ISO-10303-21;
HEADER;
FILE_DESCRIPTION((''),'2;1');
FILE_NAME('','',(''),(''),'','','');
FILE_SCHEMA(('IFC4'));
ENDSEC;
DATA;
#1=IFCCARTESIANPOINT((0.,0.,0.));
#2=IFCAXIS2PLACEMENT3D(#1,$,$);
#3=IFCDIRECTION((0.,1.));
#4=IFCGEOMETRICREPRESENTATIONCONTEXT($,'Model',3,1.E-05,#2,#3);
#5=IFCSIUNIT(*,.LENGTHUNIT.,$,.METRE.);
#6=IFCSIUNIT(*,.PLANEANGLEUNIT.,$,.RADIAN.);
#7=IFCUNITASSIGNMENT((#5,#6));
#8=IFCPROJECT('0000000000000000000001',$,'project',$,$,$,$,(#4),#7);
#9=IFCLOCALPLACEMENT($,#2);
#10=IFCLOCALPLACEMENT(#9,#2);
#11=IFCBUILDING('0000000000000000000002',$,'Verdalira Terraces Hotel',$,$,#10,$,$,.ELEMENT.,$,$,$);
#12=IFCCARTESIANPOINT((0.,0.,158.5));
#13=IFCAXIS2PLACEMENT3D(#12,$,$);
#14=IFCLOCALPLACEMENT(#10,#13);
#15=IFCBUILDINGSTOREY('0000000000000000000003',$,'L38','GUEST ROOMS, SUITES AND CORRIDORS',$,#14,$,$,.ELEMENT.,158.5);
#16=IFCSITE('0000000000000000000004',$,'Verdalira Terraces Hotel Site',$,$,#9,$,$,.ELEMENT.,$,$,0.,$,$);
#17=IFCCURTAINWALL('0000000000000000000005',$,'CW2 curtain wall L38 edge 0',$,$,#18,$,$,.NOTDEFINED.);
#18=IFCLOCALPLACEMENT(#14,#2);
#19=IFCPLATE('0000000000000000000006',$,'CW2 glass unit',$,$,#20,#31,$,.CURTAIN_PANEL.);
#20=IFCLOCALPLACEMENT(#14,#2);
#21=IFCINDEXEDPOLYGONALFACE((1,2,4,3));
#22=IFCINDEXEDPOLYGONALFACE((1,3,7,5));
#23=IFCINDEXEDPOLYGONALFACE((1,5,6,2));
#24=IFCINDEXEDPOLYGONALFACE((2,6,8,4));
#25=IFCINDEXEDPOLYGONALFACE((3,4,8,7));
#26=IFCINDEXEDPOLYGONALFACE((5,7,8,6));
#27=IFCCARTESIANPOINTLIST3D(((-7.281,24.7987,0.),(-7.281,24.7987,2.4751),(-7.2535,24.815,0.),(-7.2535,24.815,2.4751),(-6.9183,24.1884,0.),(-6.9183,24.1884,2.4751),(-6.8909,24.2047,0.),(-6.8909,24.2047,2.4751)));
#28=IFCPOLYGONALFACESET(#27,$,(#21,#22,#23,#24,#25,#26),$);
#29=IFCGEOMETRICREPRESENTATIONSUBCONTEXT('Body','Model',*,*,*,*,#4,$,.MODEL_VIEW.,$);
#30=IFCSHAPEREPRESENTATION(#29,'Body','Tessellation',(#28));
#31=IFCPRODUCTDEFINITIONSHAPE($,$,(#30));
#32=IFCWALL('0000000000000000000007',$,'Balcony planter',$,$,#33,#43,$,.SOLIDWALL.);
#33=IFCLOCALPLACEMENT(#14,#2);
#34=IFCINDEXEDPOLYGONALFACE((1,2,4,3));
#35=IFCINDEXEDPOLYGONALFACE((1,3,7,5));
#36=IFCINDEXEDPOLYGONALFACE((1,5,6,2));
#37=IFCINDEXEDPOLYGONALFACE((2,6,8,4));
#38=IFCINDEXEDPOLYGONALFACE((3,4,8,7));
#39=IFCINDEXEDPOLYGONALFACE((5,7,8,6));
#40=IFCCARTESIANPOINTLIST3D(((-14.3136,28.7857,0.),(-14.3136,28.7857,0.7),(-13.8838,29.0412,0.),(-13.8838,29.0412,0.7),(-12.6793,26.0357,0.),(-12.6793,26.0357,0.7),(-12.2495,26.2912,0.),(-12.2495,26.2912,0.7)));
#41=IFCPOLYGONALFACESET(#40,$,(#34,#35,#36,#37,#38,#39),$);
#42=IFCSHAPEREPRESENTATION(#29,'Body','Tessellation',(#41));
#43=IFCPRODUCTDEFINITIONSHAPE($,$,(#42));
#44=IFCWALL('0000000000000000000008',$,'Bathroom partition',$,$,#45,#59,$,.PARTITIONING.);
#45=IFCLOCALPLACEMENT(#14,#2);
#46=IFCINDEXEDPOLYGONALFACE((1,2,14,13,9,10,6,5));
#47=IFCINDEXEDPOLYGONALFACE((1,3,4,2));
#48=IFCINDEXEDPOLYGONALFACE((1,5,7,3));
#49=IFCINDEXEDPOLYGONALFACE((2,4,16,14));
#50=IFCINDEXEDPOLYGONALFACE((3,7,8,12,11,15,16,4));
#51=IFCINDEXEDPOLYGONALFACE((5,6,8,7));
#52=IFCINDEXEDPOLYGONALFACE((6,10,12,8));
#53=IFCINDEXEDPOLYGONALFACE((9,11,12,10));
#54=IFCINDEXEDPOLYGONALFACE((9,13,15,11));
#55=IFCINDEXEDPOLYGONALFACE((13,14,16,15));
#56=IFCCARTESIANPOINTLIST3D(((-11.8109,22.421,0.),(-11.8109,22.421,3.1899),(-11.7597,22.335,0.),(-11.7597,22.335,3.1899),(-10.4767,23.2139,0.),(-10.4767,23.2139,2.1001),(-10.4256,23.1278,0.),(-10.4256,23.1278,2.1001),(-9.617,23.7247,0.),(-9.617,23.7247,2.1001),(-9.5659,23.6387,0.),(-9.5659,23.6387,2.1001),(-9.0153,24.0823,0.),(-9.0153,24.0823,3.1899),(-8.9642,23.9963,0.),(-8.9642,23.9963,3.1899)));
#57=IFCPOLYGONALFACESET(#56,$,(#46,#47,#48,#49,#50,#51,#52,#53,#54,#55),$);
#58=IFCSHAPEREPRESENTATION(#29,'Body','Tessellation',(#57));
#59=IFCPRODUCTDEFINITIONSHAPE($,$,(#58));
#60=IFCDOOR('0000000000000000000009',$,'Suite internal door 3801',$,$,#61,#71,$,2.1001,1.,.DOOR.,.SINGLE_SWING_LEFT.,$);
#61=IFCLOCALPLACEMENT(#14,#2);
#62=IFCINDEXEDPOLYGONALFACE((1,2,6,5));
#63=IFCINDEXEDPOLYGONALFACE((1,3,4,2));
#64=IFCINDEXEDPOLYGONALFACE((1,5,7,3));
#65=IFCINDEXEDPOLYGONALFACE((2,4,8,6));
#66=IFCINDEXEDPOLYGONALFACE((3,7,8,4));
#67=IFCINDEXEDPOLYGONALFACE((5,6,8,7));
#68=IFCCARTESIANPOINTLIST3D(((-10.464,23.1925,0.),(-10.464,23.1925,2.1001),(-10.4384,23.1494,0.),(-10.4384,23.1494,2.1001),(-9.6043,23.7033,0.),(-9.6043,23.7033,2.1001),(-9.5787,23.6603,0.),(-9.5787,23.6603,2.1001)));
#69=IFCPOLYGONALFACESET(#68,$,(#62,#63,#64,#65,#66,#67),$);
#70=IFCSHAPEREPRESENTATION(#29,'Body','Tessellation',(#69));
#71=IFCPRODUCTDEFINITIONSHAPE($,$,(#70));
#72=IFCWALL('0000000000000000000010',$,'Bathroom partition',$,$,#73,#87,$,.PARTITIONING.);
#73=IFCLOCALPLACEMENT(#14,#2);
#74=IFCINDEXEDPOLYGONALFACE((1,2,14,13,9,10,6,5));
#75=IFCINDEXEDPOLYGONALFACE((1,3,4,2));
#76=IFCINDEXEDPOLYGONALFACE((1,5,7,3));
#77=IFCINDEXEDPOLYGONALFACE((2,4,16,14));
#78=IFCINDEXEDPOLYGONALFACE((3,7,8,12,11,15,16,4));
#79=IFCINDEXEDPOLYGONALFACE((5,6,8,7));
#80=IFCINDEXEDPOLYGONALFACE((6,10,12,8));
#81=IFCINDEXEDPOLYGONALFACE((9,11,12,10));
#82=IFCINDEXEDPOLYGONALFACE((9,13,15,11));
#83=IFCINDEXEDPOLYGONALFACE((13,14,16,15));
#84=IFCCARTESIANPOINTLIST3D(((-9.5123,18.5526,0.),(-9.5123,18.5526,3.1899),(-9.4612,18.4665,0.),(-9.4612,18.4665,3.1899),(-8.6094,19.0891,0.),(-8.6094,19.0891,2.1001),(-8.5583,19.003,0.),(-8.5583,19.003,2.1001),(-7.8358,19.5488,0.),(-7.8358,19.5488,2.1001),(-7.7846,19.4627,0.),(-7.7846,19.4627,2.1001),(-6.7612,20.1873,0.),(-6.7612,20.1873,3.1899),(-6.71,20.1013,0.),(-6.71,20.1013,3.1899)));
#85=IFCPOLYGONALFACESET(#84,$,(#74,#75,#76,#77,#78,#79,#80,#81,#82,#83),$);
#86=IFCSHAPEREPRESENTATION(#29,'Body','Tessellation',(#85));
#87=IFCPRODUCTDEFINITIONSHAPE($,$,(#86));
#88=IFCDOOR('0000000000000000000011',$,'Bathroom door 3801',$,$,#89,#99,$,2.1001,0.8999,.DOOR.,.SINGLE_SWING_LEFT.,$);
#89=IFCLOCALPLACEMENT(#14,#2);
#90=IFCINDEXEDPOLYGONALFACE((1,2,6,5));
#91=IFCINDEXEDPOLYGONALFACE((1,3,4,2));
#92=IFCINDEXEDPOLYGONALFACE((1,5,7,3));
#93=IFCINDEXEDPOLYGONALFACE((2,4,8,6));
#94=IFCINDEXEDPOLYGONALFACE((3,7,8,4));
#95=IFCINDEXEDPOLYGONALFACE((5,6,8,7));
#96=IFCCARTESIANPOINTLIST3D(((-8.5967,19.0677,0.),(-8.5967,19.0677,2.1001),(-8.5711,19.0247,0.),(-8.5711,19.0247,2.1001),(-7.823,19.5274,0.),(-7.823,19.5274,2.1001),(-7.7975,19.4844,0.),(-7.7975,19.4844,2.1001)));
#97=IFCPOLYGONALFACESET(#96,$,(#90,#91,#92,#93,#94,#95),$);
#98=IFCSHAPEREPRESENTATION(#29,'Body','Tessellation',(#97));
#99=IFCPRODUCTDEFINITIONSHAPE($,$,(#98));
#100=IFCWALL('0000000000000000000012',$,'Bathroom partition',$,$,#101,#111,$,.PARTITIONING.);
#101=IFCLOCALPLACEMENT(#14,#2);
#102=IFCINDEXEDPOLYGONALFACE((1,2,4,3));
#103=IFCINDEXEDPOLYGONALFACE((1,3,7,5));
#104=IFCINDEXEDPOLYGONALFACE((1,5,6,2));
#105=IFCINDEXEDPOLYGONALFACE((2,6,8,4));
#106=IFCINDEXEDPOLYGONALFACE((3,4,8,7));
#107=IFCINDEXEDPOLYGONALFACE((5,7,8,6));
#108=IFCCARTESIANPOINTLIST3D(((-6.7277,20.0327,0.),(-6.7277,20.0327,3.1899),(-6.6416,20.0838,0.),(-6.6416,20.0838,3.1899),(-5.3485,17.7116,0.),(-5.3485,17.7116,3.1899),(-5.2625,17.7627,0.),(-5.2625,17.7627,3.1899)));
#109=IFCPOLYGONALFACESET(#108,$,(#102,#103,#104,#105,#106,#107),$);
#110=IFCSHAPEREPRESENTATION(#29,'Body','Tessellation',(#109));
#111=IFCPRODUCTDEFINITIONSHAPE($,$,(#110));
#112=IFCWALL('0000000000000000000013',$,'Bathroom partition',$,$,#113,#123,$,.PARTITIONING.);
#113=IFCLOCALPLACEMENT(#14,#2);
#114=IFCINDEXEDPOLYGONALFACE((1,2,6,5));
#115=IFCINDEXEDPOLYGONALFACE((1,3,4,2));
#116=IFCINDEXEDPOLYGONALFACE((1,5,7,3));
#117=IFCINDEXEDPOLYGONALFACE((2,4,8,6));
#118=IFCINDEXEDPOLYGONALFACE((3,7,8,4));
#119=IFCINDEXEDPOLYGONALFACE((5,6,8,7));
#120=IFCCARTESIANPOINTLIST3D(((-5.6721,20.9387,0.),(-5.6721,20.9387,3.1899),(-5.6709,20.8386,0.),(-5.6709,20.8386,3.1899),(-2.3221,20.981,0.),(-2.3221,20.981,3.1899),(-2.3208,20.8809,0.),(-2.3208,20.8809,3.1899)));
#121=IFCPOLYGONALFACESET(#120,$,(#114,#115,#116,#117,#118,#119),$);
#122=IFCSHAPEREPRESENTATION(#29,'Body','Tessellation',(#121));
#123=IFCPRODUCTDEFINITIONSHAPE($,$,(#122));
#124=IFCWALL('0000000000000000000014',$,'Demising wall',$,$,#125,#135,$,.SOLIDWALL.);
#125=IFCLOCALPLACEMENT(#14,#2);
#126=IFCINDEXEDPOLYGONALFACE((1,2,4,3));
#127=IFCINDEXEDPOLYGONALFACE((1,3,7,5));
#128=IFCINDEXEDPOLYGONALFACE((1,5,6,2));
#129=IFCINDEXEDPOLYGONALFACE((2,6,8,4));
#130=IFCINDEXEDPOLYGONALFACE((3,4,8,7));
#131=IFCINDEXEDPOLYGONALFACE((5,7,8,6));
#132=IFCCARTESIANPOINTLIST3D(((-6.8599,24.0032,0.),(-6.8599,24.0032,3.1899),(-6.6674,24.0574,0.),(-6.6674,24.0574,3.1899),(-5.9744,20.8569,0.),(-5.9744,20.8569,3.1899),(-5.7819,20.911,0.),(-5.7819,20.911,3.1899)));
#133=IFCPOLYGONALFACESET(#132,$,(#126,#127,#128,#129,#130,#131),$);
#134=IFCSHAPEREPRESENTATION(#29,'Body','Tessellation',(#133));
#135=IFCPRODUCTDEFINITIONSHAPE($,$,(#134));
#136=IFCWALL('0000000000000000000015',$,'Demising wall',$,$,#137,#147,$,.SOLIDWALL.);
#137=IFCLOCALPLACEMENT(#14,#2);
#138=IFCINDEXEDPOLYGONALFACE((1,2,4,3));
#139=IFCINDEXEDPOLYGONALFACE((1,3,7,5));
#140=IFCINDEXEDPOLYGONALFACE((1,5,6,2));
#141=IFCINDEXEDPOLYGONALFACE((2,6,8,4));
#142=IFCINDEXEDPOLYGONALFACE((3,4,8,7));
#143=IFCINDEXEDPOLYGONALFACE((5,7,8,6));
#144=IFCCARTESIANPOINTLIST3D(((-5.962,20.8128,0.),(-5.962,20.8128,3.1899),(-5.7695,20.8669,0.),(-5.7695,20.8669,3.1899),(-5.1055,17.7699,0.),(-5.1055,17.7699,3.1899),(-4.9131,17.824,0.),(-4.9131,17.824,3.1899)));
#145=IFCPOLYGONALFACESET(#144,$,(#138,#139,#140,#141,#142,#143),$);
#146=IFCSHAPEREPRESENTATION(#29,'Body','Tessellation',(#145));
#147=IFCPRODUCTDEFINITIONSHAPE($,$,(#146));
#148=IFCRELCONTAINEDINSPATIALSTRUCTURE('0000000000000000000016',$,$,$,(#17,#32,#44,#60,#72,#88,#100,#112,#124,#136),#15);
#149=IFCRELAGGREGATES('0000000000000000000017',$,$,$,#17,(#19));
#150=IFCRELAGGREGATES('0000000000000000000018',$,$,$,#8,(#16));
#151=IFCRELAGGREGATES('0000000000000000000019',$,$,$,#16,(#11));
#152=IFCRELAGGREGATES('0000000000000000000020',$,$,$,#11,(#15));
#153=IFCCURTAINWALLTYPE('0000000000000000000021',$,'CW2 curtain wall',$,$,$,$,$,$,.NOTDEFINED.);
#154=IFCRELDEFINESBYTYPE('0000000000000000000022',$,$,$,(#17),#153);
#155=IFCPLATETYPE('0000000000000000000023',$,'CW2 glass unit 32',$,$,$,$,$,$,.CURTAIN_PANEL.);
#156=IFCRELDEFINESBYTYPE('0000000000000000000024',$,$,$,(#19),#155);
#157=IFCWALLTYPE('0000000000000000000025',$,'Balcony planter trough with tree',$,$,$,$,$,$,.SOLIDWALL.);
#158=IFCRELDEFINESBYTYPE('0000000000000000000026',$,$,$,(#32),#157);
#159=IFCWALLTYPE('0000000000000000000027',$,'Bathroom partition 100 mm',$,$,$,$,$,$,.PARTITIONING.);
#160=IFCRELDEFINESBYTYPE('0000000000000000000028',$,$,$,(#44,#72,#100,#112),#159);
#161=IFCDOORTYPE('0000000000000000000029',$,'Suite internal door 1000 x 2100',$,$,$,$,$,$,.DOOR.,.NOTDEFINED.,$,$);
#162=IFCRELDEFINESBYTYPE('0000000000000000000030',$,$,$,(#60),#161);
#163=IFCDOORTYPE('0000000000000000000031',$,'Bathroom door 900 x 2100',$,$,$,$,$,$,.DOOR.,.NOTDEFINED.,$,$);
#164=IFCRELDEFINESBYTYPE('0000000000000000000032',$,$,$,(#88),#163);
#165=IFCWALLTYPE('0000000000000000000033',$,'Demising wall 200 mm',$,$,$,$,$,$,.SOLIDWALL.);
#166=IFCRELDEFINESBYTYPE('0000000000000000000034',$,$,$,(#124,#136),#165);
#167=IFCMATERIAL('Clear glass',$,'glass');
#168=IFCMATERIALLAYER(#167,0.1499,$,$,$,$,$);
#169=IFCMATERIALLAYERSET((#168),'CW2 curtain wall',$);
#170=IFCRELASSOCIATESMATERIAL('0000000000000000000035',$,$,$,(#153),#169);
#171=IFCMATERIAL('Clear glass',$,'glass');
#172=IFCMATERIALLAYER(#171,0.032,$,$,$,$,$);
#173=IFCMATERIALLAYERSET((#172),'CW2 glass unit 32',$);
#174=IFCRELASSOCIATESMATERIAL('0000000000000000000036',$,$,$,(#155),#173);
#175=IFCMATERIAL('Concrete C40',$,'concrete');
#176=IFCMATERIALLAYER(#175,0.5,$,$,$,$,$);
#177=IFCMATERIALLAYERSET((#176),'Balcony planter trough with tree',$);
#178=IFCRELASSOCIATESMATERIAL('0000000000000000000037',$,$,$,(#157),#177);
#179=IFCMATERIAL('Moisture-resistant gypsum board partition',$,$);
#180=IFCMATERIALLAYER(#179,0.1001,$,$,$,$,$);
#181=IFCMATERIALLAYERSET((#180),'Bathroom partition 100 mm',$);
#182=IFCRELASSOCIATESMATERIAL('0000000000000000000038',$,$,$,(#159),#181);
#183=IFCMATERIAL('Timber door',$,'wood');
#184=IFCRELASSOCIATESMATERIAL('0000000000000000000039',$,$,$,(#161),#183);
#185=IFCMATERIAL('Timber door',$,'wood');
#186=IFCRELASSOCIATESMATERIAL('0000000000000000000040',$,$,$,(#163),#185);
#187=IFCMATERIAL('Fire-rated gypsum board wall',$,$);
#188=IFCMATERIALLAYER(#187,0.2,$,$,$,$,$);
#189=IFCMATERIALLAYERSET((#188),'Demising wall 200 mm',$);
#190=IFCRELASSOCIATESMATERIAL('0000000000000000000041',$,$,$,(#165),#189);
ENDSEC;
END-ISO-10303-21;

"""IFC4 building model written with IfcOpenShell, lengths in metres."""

from ifc_helpers import new_model, si_unit, direction, frame, frame_2d, origin, origin_2d, place, context, subcontext, project, spatial, rectangle, extrude, material, layer, layer_set, type_object, element, fill, aggregate, save


model = new_model("IFC4")

# Units and contexts
model_context = context("Model", 3, precision=1e-05, world=origin(), true_north=direction((0.0, 1.0)))
body_context = subcontext(model_context, "Body", "Model", "MODEL_VIEW")
ifc_project = project(units=[si_unit("LENGTHUNIT", "METRE"), si_unit("PLANEANGLEUNIT", "RADIAN")], contexts=[model_context])

# Site, building, storey
site_placement = place(None, origin())
site = spatial("IfcSite", under=ifc_project, at=site_placement, Name="Verdalira Terraces Hotel Site", CompositionType="ELEMENT", RefElevation=0.0)
building_placement = place(site_placement, origin())
building = spatial("IfcBuilding", under=site, at=building_placement, Name="Verdalira Terraces Hotel", CompositionType="ELEMENT")
storey_placement = place(building_placement, frame((0.0, 0.0, 158.5)))
storey = spatial("IfcBuildingStorey", under=building, at=storey_placement, Name="L38", Description="GUEST ROOMS, SUITES AND CORRIDORS", CompositionType="ELEMENT", Elevation=158.5)

# Curtain wall
ifc_material_1 = material(Name="Clear glass", Category="glass")
ifc_layer_1 = layer(ifc_material_1, 0.1499)
ifc_layer_set_1 = layer_set([ifc_layer_1], Name="CW2 curtain wall")
curtain_wall_type_1 = type_object("IfcCurtainWallType", Name="CW2 curtain wall", PredefinedType="NOTDEFINED", material=ifc_layer_set_1)
curtain_wall_1_placement = place(storey_placement, origin())
curtain_wall_1 = element("IfcCurtainWall", 1, at=curtain_wall_1_placement, inside=storey, type_object=curtain_wall_type_1, Name="CW2 curtain wall L38 edge 0", PredefinedType="NOTDEFINED")

# Plate
ifc_material_2 = material(Name="Clear glass", Category="glass")
ifc_layer_2 = layer(ifc_material_2, 0.032)
ifc_layer_set_2 = layer_set([ifc_layer_2], Name="CW2 glass unit 32")
plate_type_1 = type_object("IfcPlateType", Name="CW2 glass unit 32", PredefinedType="CURTAIN_PANEL", material=ifc_layer_set_2)
plate_1_placement = place(storey_placement, frame((-7.0859, 24.5017, 0.0), z_axis=(0.0, 0.0, 1.0), x_axis=(-0.510843, 0.859674, 0.0)))
plate_1 = element("IfcPlate", 2, at=plate_1_placement, type_object=plate_type_1, Name="CW2 glass unit", PredefinedType="CURTAIN_PANEL", context=body_context, shape_type="SweptSolid", body=[
    extrude(rectangle(XDim=0.71, YDim=0.032, at=origin_2d()), origin(), (0.0, 0.0, 1.0), 2.4751),
])
aggregate(curtain_wall_1, [plate_1])

# Wall
ifc_material_3 = material(Name="Concrete C40", Category="concrete")
ifc_layer_3 = layer(ifc_material_3, 0.5)
ifc_layer_set_3 = layer_set([ifc_layer_3], Name="Balcony planter trough with tree")
wall_type_1 = type_object("IfcWallType", Name="Balcony planter trough with tree", PredefinedType="SOLIDWALL", material=ifc_layer_set_3)
wall_1_placement = place(storey_placement, frame((-12.4644, 26.1633, 0.0), z_axis=(0.0, 0.0, 1.0), x_axis=(-0.510877, 0.859654, 0.0)))
element("IfcWall", 3, at=wall_1_placement, inside=storey, type_object=wall_type_1, Name="Balcony planter", PredefinedType="SOLIDWALL", context=body_context, shape_type="SweptSolid", body=[
    extrude(rectangle(XDim=3.199, YDim=0.5, at=frame_2d((1.5996, 0.0))), origin(), (0.0, 0.0, 1.0), 0.7),
])

# Walls, openings, doors
ifc_material_4 = material(Name="Moisture-resistant gypsum board partition")
ifc_layer_4 = layer(ifc_material_4, 0.1001)
ifc_layer_set_4 = layer_set([ifc_layer_4], Name="Bathroom partition 100 mm")
wall_type_2 = type_object("IfcWallType", Name="Bathroom partition 100 mm", PredefinedType="PARTITIONING", material=ifc_layer_set_4)
wall_2_placement = place(storey_placement, frame((-8.9897, 24.0393, 0.0), z_axis=(0.0, 0.0, 1.0), x_axis=(-0.859658, -0.51087, 0.0)))
wall_2 = element("IfcWall", 4, at=wall_2_placement, inside=storey, type_object=wall_type_2, Name="Bathroom partition", PredefinedType="PARTITIONING", context=body_context, shape_type="SweptSolid", body=[
    extrude(rectangle(XDim=3.252, YDim=0.1001, at=frame_2d((1.626, 0.0))), origin(), (0.0, 0.0, 1.0), 3.1899),
])
opening_1_placement = place(wall_2_placement, frame((0.7, 0.0, 0.0)))
opening_1 = element("IfcOpeningElement", 5, at=opening_1_placement, cuts=wall_2, PredefinedType="OPENING", context=body_context, shape_type="SweptSolid", body=[
    extrude(rectangle(XDim=1.0, YDim=2.1001, at=frame_2d((0.5, 1.05))), frame((0.0, 0.0601, 0.0), z_axis=(0.0, -1.0, 0.0), x_axis=(1.0, 0.0, 0.0)), (0.0, 0.0, 1.0), 0.1201),
])
ifc_material_5 = material(Name="Timber door", Category="wood")
door_type_1 = type_object("IfcDoorType", Name="Suite internal door 1000 x 2100", OperationType="NOTDEFINED", PredefinedType="DOOR", material=ifc_material_5)
door_1_placement = place(opening_1_placement, origin())
door_1 = element("IfcDoor", 6, at=door_1_placement, inside=storey, type_object=door_type_1, Name="Suite internal door 3801", OperationType="SINGLE_SWING_LEFT", OverallHeight=2.1001, OverallWidth=1.0, PredefinedType="DOOR", context=body_context, shape_type="SweptSolid", body=[
    extrude(rectangle(XDim=1.0, YDim=2.1001, at=frame_2d((0.5, 1.05))), frame((0.0, 0.0249, 0.0), z_axis=(0.0, -1.0, 0.0), x_axis=(1.0, 0.0, 0.0)), (0.0, 0.0, 1.0), 0.05),
])
fill(opening_1, door_1)
wall_3_placement = place(storey_placement, frame((-6.7356, 20.1443, 0.0), z_axis=(0.0, 0.0, 1.0), x_axis=(-0.859686, -0.510823, 0.0)))
wall_3 = element("IfcWall", 7, at=wall_3_placement, inside=storey, type_object=wall_type_2, Name="Bathroom partition", PredefinedType="PARTITIONING", context=body_context, shape_type="SweptSolid", body=[
    extrude(rectangle(XDim=3.2002, YDim=0.1001, at=frame_2d((1.6001, 0.0))), origin(), (0.0, 0.0, 1.0), 3.1899),
])
opening_2_placement = place(wall_3_placement, frame((1.25, 0.0, 0.0)))
opening_2 = element("IfcOpeningElement", 8, at=opening_2_placement, cuts=wall_3, PredefinedType="OPENING", context=body_context, shape_type="SweptSolid", body=[
    extrude(rectangle(XDim=0.8999, YDim=2.1001, at=frame_2d((0.45, 1.05))), frame((0.0, 0.0601, 0.0), z_axis=(0.0, -1.0, 0.0), x_axis=(1.0, 0.0, 0.0)), (0.0, 0.0, 1.0), 0.1201),
])
ifc_material_6 = material(Name="Timber door", Category="wood")
door_type_2 = type_object("IfcDoorType", Name="Bathroom door 900 x 2100", OperationType="NOTDEFINED", PredefinedType="DOOR", material=ifc_material_6)
door_2_placement = place(opening_2_placement, origin())
door_2 = element("IfcDoor", 9, at=door_2_placement, inside=storey, type_object=door_type_2, Name="Bathroom door 3801", OperationType="SINGLE_SWING_LEFT", OverallHeight=2.1001, OverallWidth=0.8999, PredefinedType="DOOR", context=body_context, shape_type="SweptSolid", body=[
    extrude(rectangle(XDim=0.8999, YDim=2.1001, at=frame_2d((0.45, 1.05))), frame((0.0, 0.0249, 0.0), z_axis=(0.0, -1.0, 0.0), x_axis=(1.0, 0.0, 0.0)), (0.0, 0.0, 1.0), 0.05),
])
fill(opening_2, door_2)

# Walls
wall_4_placement = place(storey_placement, frame((-5.3054, 17.7371, 0.0), z_axis=(0.0, 0.0, 1.0), x_axis=(-0.510821, 0.859687, 0.0)))
element("IfcWall", 10, at=wall_4_placement, inside=storey, type_object=wall_type_2, Name="Bathroom partition", PredefinedType="PARTITIONING", context=body_context, shape_type="SweptSolid", body=[
    extrude(rectangle(XDim=2.7, YDim=0.1001, at=frame_2d((1.3501, 0.0))), origin(), (0.0, 0.0, 1.0), 3.1899),
])
wall_5_placement = place(storey_placement, frame((-5.6716, 20.8887, 0.0), z_axis=(0.0, 0.0, 1.0), x_axis=(0.999921, 0.012606, 0.0)))
element("IfcWall", 11, at=wall_5_placement, inside=storey, type_object=wall_type_2, Name="Bathroom partition", PredefinedType="PARTITIONING", context=body_context, shape_type="SweptSolid", body=[
    extrude(rectangle(XDim=3.3503, YDim=0.1001, at=frame_2d((1.6753, 0.0))), origin(), (0.0, 0.0, 1.0), 3.1899),
])
ifc_material_7 = material(Name="Fire-rated gypsum board wall")
ifc_layer_5 = layer(ifc_material_7, 0.2)
ifc_layer_set_5 = layer_set([ifc_layer_5], Name="Demising wall 200 mm")
wall_type_3 = type_object("IfcWallType", Name="Demising wall 200 mm", PredefinedType="SOLIDWALL", material=ifc_layer_set_5)
wall_6_placement = place(storey_placement, frame((-6.7637, 24.0303, 0.0), z_axis=(0.0, 0.0, 1.0), x_axis=(0.270921, -0.962602, 0.0)))
element("IfcWall", 12, at=wall_6_placement, inside=storey, type_object=wall_type_3, Name="Demising wall", PredefinedType="SOLIDWALL", context=body_context, shape_type="SweptSolid", body=[
    extrude(rectangle(XDim=3.2686, YDim=0.2, at=frame_2d((1.6343, 0.0))), origin(), (0.0, 0.0, 1.0), 3.1899),
])
wall_7_placement = place(storey_placement, frame((-5.8657, 20.8398, 0.0), z_axis=(0.0, 0.0, 1.0), x_axis=(0.270924, -0.962601, 0.0)))
element("IfcWall", 13, at=wall_7_placement, inside=storey, type_object=wall_type_3, Name="Demising wall", PredefinedType="SOLIDWALL", context=body_context, shape_type="SweptSolid", body=[
    extrude(rectangle(XDim=3.1611, YDim=0.2, at=frame_2d((1.5806, 0.0))), origin(), (0.0, 0.0, 1.0), 3.1899),
])

save(model, "model.ifc")
